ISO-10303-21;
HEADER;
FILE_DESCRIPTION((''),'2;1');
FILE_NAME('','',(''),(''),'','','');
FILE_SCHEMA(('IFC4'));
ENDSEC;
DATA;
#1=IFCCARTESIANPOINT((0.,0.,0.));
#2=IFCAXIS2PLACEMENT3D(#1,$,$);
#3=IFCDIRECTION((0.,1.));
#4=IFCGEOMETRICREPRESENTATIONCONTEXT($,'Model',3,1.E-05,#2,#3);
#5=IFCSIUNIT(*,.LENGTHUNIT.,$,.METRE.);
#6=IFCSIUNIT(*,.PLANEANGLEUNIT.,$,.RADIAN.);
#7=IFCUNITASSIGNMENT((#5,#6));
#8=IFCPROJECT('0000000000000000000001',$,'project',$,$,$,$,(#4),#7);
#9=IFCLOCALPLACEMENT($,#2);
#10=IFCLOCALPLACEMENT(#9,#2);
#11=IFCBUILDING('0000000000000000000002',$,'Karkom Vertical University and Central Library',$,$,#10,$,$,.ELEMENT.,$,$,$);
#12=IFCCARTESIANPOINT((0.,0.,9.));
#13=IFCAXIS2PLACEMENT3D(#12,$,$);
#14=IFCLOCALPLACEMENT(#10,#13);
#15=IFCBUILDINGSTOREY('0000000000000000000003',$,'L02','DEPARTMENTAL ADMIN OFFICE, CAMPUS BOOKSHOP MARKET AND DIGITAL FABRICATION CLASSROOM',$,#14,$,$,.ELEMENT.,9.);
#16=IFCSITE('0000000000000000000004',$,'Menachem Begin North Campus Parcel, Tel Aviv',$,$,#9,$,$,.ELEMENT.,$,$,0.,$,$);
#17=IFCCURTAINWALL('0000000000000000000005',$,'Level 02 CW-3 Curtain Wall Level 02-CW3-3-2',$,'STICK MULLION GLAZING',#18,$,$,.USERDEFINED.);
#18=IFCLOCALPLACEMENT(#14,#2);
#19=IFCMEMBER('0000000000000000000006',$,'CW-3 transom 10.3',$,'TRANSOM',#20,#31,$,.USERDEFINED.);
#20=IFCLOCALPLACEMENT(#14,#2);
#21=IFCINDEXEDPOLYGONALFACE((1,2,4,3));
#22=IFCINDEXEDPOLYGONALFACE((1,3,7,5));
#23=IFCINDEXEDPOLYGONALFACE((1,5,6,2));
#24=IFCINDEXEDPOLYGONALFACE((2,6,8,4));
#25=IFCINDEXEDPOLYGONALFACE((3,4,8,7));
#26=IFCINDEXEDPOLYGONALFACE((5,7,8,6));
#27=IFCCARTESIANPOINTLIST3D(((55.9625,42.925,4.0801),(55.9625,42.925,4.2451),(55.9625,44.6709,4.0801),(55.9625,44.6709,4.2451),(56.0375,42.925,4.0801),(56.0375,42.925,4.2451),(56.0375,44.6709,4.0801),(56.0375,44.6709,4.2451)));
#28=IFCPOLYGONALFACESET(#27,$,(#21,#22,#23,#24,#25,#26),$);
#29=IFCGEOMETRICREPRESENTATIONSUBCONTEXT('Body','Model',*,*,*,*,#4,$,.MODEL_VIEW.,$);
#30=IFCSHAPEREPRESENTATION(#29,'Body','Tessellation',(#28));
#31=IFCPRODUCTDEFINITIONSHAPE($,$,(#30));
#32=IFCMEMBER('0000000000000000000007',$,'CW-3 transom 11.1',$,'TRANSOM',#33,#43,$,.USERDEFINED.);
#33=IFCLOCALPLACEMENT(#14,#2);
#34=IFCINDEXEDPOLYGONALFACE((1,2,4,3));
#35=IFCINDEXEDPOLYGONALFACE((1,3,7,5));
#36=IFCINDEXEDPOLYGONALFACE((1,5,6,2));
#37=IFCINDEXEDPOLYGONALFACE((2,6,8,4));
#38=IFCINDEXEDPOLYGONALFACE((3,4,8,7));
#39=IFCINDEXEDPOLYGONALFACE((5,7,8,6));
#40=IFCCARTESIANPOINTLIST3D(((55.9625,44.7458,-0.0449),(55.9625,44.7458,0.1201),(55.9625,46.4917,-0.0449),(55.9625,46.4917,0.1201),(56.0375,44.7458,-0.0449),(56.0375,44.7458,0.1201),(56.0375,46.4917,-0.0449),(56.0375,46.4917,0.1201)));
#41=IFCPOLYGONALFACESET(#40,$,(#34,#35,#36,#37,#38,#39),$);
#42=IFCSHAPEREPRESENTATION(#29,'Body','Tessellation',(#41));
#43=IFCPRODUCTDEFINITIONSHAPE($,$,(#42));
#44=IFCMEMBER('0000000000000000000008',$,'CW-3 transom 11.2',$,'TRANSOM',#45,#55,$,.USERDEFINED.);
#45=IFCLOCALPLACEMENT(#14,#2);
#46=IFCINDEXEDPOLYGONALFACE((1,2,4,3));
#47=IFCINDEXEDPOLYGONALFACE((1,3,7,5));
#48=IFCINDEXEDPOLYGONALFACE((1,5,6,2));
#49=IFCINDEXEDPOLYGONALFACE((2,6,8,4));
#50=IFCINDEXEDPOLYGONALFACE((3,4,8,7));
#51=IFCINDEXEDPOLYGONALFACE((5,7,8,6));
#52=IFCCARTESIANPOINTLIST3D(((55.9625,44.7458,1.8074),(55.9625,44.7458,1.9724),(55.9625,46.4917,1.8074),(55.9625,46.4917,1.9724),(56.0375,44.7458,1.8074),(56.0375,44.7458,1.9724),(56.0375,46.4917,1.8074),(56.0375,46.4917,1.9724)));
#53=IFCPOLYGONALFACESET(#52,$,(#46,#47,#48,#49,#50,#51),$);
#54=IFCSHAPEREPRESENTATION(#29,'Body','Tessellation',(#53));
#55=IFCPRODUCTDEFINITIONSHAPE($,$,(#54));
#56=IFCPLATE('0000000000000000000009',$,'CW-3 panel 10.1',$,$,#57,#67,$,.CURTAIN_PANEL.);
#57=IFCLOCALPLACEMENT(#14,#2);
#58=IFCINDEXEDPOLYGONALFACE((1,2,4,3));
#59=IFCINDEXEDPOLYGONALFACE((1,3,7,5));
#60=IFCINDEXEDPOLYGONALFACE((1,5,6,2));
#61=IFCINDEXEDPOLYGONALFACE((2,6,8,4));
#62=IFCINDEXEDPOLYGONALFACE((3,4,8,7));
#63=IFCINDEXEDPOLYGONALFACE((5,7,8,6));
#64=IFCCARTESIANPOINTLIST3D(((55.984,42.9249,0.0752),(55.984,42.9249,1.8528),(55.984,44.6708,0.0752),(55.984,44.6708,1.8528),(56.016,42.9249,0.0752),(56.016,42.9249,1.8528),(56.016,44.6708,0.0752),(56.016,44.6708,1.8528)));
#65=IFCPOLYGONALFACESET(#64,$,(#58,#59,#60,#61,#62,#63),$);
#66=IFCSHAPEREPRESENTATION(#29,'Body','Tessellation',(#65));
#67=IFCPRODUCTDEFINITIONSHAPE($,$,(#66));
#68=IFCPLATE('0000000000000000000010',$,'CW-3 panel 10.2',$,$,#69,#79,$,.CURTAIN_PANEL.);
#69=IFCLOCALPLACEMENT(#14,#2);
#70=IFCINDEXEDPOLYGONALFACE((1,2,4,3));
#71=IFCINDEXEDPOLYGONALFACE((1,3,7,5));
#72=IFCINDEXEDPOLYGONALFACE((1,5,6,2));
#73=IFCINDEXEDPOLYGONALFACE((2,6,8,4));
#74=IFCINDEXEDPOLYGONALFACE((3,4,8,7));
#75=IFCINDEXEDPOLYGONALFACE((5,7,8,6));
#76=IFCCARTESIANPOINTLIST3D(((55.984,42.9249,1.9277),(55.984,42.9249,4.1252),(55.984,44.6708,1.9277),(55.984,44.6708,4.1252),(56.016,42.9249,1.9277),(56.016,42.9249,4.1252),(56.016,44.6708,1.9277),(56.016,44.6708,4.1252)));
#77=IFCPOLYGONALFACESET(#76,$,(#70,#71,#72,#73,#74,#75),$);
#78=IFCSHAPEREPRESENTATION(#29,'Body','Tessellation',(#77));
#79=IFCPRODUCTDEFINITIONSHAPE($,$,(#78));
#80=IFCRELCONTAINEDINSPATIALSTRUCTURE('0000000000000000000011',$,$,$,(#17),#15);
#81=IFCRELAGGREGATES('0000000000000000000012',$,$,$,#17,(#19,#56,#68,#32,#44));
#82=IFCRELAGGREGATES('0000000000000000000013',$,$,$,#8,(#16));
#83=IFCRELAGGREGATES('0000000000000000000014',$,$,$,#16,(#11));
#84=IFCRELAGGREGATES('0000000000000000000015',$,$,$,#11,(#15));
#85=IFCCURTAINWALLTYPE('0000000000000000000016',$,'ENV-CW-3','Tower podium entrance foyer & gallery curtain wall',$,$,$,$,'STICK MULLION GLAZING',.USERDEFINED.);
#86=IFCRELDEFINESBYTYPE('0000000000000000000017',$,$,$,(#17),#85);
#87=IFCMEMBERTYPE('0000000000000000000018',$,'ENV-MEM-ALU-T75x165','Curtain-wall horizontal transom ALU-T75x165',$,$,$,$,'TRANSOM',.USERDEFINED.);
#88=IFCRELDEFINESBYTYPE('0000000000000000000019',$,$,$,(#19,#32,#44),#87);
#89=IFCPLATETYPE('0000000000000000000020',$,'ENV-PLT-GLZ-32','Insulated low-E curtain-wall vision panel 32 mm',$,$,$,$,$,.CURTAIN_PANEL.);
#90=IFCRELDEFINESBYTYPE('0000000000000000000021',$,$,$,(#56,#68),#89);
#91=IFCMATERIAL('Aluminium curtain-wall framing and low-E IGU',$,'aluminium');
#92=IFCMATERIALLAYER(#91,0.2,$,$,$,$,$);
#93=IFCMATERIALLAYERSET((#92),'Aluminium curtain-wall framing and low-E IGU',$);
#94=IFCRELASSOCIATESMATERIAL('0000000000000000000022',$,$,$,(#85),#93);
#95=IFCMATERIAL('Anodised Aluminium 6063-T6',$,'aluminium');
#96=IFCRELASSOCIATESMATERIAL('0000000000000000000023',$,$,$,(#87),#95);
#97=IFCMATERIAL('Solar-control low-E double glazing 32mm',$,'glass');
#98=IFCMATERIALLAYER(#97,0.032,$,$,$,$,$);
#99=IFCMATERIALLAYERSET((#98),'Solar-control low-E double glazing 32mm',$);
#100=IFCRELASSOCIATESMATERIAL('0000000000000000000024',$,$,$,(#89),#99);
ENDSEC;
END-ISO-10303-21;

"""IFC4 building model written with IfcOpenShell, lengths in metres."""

from ifc_helpers import new_model, si_unit, direction, frame, origin, origin_with_axes, origin_2d, place, context, subcontext, project, spatial, rectangle, extrude, source, transform, mapped, material, layer, layer_set, material_profile, profile_set, type_object, element, aggregate, save


model = new_model("IFC4")

# Units and contexts
model_context = context("Model", 3, precision=1e-05, world=origin(), true_north=direction((0.0, 1.0)))
body_context = subcontext(model_context, "Body", "Model", "MODEL_VIEW")
ifc_project = project(units=[si_unit("LENGTHUNIT", "METRE"), si_unit("PLANEANGLEUNIT", "RADIAN")], contexts=[model_context])

# Site, building, storey
site_placement = place(None, origin())
site = spatial("IfcSite", under=ifc_project, at=site_placement, Name="Menachem Begin North Campus Parcel, Tel Aviv", CompositionType="ELEMENT", RefElevation=0.0)
building_placement = place(site_placement, origin())
building = spatial("IfcBuilding", under=site, at=building_placement, Name="Karkom Vertical University and Central Library", CompositionType="ELEMENT")
storey_placement = place(building_placement, frame((0.0, 0.0, 9.0)))
storey = spatial("IfcBuildingStorey", under=building, at=storey_placement, Name="L02", Description="DEPARTMENTAL ADMIN OFFICE, CAMPUS BOOKSHOP MARKET AND DIGITAL FABRICATION CLASSROOM", CompositionType="ELEMENT", Elevation=9.0)

# Curtain wall, members, plates
ifc_material_1 = material(Name="Aluminium curtain-wall framing and low-E IGU", Category="aluminium")
ifc_layer_1 = layer(ifc_material_1, 0.2)
ifc_layer_set_1 = layer_set([ifc_layer_1], Name="Aluminium curtain-wall framing and low-E IGU")
curtain_wall_type = type_object("IfcCurtainWallType", Name="ENV-CW-3", Description="Tower podium entrance foyer & gallery curtain wall", ElementType="STICK MULLION GLAZING", PredefinedType="USERDEFINED", material=ifc_layer_set_1)
curtain_wall_placement = place(storey_placement, origin())
curtain_wall = element("IfcCurtainWall", 1, at=curtain_wall_placement, inside=storey, type_object=curtain_wall_type, Name="Level 02 CW-3 Curtain Wall Level 02-CW3-3-2", ObjectType="STICK MULLION GLAZING", PredefinedType="USERDEFINED")
ifc_material_2 = material(Name="Anodised Aluminium 6063-T6", Category="aluminium")
ifc_material_profile_1 = material_profile(ifc_material_2, rectangle(XDim=0.075, YDim=0.165, at=origin_2d()), Name="ALU-T75x165")
ifc_profile_set_1 = profile_set([ifc_material_profile_1], Name="Anodised Aluminium 6063-T6")
member_type_1 = type_object("IfcMemberType", Name="ENV-MEM-ALU-T75x165", Description="Curtain-wall horizontal transom ALU-T75x165", ElementType="TRANSOM", PredefinedType="USERDEFINED", material=ifc_profile_set_1)
shared_shape_1 = source(origin_with_axes(), body_context, "Body", "SweptSolid", [
    extrude(rectangle(XDim=0.075, YDim=0.165, at=origin_2d()), origin(), (0.0, 0.0, 1.0), 1.7458),
])
member_1_placement = place(storey_placement, frame((56.0, 42.925, 4.1626), z_axis=(0.0, 1.0, 0.0), x_axis=(-1.0, 0.0, 0.0)))
member_1 = element("IfcMember", 2, at=member_1_placement, type_object=member_type_1, Name="CW-3 transom 10.3", ObjectType="TRANSOM", PredefinedType="USERDEFINED", context=body_context, shape_type="MappedRepresentation", body=[
    mapped(shared_shape_1, transform((0.0, 0.0, 0.0), scale=1.0)),
])
member_2_placement = place(storey_placement, frame((56.0, 44.7458, 0.0376), z_axis=(0.0, 1.0, 0.0), x_axis=(-1.0, 0.0, 0.0)))
member_2 = element("IfcMember", 3, at=member_2_placement, type_object=member_type_1, Name="CW-3 transom 11.1", ObjectType="TRANSOM", PredefinedType="USERDEFINED", context=body_context, shape_type="MappedRepresentation", body=[
    mapped(shared_shape_1, transform((0.0, 0.0, 0.0), scale=1.0)),
])
member_3_placement = place(storey_placement, frame((56.0, 44.7458, 1.8899), z_axis=(0.0, 1.0, 0.0), x_axis=(-1.0, 0.0, 0.0)))
member_3 = element("IfcMember", 4, at=member_3_placement, type_object=member_type_1, Name="CW-3 transom 11.2", ObjectType="TRANSOM", PredefinedType="USERDEFINED", context=body_context, shape_type="MappedRepresentation", body=[
    mapped(shared_shape_1, transform((0.0, 0.0, 0.0), scale=1.0)),
])
ifc_material_3 = material(Name="Solar-control low-E double glazing 32mm", Category="glass")
ifc_layer_2 = layer(ifc_material_3, 0.032)
ifc_layer_set_2 = layer_set([ifc_layer_2], Name="Solar-control low-E double glazing 32mm")
plate_type = type_object("IfcPlateType", Name="ENV-PLT-GLZ-32", Description="Insulated low-E curtain-wall vision panel 32 mm", PredefinedType="CURTAIN_PANEL", material=ifc_layer_set_2)
shared_shape_2 = source(origin_with_axes(), body_context, "Body", "SweptSolid", [
    extrude(rectangle(XDim=1.7458, YDim=0.032, at=origin_2d()), origin(), (0.0, 0.0, 1.0), 1.7776),
])
plate_1_placement = place(storey_placement, frame((56.0, 43.7979, 0.0752), z_axis=(0.0, 0.0, 1.0), x_axis=(0.0, 1.0, 0.0)))
plate_1 = element("IfcPlate", 5, at=plate_1_placement, type_object=plate_type, Name="CW-3 panel 10.1", PredefinedType="CURTAIN_PANEL", context=body_context, shape_type="MappedRepresentation", body=[
    mapped(shared_shape_2, transform((0.0, 0.0, 0.0), scale=1.0)),
])
shared_shape_3 = source(origin_with_axes(), body_context, "Body", "SweptSolid", [
    extrude(rectangle(XDim=1.7458, YDim=0.032, at=origin_2d()), origin(), (0.0, 0.0, 1.0), 2.1975),
])
plate_2_placement = place(storey_placement, frame((56.0, 43.7979, 1.9277), z_axis=(0.0, 0.0, 1.0), x_axis=(0.0, 1.0, 0.0)))
plate_2 = element("IfcPlate", 6, at=plate_2_placement, type_object=plate_type, Name="CW-3 panel 10.2", PredefinedType="CURTAIN_PANEL", context=body_context, shape_type="MappedRepresentation", body=[
    mapped(shared_shape_3, transform((0.0, 0.0, 0.0), scale=1.0)),
])
aggregate(curtain_wall, [member_1, plate_1, plate_2, member_2, member_3])

save(model, "model.ifc")
